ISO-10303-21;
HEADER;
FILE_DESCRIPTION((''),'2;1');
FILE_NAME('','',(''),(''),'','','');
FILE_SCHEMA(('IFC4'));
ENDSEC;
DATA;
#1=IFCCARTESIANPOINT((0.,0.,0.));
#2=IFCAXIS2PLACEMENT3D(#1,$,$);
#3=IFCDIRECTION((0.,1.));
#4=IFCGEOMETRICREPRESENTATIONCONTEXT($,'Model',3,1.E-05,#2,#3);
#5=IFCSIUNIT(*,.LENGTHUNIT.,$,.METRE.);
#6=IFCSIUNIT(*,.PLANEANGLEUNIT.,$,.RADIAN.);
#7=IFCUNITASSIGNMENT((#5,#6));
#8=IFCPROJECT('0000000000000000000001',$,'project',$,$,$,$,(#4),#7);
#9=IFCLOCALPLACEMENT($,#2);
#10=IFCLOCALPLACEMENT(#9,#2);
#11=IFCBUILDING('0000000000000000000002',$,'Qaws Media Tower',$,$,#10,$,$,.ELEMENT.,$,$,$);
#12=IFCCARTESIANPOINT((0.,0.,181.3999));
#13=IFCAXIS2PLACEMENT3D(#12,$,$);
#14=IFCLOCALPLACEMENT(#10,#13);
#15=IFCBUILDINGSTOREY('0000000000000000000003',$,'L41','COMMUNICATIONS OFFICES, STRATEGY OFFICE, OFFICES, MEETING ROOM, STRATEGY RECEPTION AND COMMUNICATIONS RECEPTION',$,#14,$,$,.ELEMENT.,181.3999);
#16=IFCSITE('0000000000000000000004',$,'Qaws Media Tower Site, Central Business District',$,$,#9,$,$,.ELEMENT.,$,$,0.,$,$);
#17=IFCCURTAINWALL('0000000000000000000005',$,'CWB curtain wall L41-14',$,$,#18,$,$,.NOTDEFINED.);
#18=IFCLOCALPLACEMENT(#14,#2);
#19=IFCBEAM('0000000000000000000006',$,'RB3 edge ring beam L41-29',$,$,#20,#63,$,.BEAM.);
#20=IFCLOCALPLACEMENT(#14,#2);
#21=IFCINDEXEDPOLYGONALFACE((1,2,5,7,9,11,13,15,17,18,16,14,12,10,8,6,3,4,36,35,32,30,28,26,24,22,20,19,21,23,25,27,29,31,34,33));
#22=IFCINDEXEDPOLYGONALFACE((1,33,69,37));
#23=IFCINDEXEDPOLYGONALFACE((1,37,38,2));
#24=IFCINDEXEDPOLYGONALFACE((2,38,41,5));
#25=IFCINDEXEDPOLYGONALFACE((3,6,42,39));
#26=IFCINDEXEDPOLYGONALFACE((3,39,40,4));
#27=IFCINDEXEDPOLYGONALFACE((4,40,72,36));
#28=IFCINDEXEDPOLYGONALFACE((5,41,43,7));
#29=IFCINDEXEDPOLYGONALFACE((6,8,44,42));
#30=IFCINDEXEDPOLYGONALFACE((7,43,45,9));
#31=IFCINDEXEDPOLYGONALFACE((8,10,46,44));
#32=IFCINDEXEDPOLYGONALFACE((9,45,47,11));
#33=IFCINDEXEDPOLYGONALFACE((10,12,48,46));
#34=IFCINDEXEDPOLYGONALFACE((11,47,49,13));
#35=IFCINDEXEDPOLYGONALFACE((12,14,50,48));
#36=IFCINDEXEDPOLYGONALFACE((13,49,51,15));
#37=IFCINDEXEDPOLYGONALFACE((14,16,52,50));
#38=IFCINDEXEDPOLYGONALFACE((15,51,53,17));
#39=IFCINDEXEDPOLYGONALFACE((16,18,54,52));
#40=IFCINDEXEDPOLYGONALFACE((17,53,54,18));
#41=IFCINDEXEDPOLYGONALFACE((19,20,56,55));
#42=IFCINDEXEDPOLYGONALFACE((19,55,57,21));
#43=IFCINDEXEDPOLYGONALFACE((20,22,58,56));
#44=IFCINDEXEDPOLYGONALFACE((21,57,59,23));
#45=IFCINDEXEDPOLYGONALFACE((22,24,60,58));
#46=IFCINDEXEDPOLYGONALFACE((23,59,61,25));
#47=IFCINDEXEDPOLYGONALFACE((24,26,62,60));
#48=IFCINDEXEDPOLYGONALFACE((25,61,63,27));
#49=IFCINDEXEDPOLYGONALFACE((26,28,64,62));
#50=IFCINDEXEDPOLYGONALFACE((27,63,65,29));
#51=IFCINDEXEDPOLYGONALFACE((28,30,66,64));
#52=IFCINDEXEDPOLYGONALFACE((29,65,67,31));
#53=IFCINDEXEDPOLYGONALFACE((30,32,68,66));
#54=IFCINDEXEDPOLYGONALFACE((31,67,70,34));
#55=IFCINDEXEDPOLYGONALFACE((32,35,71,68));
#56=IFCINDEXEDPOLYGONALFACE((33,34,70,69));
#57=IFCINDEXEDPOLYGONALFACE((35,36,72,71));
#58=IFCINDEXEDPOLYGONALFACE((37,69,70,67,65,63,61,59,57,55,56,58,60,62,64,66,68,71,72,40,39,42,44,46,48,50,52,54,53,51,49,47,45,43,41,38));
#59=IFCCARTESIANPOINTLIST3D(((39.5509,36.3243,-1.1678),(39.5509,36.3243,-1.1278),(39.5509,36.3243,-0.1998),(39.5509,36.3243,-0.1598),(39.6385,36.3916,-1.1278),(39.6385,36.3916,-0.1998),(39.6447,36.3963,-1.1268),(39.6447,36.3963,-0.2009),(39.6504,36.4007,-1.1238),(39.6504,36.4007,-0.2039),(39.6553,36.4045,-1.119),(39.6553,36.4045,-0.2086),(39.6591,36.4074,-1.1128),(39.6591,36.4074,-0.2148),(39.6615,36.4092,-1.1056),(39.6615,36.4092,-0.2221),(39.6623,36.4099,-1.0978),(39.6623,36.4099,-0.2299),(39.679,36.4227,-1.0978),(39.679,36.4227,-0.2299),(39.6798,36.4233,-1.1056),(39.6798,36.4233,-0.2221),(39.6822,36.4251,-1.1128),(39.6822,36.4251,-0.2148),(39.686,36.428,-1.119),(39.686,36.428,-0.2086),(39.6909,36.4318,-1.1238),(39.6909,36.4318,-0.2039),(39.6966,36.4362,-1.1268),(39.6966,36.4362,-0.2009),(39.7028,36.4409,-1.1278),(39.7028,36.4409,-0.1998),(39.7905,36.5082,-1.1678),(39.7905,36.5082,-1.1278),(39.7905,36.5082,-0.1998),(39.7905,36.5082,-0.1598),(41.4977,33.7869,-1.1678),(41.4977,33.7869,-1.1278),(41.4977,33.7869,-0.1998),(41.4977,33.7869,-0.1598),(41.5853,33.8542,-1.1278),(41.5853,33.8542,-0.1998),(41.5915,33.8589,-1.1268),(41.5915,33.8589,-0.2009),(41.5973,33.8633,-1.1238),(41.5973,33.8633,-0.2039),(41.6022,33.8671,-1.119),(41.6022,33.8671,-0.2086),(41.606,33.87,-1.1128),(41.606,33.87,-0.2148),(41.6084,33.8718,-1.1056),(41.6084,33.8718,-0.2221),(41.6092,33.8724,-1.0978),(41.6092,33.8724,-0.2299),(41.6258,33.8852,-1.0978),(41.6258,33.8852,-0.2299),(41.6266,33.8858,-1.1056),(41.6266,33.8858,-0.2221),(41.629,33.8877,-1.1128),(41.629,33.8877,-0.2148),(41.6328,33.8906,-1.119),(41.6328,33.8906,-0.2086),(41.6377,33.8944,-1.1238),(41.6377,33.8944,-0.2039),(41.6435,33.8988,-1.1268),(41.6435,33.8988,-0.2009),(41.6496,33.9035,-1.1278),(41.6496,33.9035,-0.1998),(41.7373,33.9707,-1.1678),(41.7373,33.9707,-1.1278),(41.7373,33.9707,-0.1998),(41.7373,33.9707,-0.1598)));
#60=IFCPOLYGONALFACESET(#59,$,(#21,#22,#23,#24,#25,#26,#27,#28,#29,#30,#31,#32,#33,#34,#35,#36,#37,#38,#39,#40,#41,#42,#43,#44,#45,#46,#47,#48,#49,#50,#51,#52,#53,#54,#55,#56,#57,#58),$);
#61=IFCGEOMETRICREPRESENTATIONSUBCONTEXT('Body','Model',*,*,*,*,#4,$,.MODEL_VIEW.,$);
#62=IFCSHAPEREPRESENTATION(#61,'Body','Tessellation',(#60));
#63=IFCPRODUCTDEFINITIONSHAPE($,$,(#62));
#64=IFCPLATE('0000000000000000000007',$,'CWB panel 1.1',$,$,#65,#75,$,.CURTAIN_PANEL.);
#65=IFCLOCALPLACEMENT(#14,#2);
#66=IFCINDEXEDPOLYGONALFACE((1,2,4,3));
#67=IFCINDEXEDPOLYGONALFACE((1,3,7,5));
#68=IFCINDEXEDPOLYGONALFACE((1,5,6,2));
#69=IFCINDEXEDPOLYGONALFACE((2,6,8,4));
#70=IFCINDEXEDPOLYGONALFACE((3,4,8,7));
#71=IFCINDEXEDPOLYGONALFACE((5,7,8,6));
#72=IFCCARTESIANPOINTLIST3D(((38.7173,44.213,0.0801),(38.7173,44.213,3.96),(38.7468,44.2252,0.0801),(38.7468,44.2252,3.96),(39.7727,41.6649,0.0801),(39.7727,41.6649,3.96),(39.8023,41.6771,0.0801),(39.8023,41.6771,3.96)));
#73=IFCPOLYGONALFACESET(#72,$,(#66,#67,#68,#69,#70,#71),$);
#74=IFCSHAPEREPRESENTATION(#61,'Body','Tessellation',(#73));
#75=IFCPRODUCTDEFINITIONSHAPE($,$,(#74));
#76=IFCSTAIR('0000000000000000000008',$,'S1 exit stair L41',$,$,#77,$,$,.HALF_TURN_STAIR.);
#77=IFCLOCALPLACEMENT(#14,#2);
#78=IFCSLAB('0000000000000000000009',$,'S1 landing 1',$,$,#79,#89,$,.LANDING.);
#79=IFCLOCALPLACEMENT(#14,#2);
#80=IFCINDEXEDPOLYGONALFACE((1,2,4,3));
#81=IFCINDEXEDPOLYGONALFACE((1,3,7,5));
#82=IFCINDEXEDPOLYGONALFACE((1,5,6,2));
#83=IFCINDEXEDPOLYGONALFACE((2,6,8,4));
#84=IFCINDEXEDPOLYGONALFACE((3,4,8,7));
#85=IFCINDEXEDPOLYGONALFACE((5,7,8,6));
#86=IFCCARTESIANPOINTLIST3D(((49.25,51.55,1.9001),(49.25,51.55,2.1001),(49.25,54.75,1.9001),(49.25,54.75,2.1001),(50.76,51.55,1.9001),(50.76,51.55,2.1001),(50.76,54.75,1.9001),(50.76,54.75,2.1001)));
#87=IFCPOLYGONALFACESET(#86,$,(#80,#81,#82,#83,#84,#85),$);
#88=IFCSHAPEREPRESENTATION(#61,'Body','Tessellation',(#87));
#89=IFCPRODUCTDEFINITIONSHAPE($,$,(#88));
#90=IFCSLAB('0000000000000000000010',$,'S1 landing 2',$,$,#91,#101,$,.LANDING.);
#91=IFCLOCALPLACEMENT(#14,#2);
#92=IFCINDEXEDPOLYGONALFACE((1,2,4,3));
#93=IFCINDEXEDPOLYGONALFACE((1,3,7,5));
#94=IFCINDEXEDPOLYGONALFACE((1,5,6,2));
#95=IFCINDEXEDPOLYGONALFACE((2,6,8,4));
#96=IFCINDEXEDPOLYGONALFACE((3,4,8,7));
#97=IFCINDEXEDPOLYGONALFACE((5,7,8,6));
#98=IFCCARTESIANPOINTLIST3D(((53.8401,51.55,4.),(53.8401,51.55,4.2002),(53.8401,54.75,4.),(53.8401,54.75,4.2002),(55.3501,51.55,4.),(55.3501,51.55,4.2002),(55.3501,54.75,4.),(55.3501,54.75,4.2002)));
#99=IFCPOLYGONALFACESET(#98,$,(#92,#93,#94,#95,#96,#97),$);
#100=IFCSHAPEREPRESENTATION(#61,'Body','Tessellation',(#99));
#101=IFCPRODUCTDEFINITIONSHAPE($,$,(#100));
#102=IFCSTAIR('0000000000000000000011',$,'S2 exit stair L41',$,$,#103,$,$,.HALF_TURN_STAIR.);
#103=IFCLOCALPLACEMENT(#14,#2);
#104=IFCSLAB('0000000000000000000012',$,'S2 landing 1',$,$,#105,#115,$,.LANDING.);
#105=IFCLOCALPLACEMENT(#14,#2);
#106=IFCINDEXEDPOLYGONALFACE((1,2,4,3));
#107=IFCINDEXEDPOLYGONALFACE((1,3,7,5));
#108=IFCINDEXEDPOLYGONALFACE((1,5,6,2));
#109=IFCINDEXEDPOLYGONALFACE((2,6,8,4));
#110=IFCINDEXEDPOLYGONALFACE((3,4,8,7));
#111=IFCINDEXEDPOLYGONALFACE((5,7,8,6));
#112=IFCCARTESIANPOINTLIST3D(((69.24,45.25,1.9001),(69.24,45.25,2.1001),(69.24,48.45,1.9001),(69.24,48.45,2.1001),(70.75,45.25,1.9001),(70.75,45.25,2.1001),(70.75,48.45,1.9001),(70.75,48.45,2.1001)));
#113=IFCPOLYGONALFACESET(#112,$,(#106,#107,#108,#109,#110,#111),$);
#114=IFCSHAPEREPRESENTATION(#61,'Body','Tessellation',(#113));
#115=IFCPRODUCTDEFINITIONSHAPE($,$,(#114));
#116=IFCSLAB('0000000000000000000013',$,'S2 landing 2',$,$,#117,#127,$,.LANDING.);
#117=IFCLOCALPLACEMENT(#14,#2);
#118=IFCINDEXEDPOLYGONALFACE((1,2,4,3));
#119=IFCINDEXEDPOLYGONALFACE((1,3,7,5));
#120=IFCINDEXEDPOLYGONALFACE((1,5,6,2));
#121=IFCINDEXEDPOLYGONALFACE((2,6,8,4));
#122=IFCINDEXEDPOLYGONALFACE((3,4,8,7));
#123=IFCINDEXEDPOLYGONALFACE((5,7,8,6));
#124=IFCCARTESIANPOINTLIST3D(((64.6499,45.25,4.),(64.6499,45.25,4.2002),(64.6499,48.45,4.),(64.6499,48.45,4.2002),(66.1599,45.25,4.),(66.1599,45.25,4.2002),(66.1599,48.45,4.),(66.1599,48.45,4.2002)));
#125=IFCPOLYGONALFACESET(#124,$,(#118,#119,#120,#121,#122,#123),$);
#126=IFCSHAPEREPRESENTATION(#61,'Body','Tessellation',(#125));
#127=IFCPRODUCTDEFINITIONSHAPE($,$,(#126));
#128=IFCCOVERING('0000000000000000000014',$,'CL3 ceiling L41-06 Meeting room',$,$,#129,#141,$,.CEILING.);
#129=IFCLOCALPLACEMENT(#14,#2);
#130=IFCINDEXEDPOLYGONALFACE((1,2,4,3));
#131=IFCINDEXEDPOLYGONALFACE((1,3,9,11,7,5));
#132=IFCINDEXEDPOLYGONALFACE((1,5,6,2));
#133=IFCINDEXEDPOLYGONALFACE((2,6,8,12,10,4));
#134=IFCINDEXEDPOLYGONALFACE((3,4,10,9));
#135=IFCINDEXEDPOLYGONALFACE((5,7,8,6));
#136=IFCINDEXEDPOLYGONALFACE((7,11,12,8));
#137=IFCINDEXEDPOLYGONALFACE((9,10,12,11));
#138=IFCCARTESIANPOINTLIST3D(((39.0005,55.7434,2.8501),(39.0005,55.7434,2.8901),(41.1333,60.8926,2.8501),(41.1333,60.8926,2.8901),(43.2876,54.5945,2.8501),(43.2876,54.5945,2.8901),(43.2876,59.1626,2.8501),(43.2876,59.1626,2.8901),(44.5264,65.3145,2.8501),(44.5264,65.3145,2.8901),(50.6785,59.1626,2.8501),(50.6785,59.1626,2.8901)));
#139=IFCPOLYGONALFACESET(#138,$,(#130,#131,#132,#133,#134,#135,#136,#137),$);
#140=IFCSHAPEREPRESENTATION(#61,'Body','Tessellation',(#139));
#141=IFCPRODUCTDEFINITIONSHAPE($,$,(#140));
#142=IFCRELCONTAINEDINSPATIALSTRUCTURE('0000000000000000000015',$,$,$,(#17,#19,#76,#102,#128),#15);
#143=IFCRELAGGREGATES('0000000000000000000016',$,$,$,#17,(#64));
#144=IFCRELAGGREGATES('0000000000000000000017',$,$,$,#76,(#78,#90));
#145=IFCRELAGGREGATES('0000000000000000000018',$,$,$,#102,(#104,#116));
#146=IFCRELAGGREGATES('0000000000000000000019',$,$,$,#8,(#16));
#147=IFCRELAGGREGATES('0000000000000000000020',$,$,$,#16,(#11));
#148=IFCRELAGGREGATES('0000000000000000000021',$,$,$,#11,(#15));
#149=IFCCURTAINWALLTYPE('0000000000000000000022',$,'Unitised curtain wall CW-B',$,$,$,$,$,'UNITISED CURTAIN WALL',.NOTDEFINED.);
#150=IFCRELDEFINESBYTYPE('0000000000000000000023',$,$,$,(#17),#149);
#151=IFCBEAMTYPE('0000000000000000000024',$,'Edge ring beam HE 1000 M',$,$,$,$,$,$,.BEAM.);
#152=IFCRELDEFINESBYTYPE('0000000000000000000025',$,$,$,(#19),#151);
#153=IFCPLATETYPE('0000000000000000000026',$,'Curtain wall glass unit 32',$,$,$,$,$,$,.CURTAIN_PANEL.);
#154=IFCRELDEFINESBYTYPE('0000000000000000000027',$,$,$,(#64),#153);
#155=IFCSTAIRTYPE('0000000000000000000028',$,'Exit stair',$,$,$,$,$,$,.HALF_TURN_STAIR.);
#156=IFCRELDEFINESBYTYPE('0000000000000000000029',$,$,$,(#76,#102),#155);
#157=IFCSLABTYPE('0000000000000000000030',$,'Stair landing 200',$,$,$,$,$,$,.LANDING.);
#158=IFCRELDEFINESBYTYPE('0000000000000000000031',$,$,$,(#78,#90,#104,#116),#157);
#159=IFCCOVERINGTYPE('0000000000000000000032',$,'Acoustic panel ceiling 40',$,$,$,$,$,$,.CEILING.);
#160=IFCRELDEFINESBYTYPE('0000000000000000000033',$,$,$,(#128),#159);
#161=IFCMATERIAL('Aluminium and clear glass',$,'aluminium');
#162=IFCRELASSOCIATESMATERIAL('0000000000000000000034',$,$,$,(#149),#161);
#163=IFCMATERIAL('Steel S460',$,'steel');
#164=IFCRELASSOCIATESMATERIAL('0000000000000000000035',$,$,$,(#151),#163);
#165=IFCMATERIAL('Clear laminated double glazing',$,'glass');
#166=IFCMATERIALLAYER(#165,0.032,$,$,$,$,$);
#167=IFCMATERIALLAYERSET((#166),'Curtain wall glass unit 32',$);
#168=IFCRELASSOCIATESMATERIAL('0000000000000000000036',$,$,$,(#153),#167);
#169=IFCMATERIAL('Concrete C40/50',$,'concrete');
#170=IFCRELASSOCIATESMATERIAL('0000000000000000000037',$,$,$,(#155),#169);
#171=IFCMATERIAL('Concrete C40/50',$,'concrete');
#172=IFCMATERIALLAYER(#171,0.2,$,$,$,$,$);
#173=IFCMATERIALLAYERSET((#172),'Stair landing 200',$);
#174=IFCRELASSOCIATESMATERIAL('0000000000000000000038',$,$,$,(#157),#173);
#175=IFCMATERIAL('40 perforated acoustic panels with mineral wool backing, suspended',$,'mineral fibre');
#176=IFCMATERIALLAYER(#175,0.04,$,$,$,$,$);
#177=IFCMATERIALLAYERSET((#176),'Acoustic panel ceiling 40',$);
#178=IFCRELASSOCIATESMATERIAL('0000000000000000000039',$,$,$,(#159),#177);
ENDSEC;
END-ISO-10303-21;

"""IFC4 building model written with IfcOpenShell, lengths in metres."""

from ifc_helpers import new_model, si_unit, direction, frame, origin, origin_2d, place, context, subcontext, project, spatial, polyline, rectangle, i_section, outline, extrude, material, layer, layer_set, material_profile, profile_set, type_object, element, aggregate, save


model = new_model("IFC4")

# Units and contexts
model_context = context("Model", 3, precision=1e-05, world=origin(), true_north=direction((0.0, 1.0)))
body_context = subcontext(model_context, "Body", "Model", "MODEL_VIEW")
ifc_project = project(units=[si_unit("LENGTHUNIT", "METRE"), si_unit("PLANEANGLEUNIT", "RADIAN")], contexts=[model_context])

# Site, building, storey
site_placement = place(None, origin())
site = spatial("IfcSite", under=ifc_project, at=site_placement, Name="Qaws Media Tower Site, Central Business District", CompositionType="ELEMENT", RefElevation=0.0)
building_placement = place(site_placement, origin())
building = spatial("IfcBuilding", under=site, at=building_placement, Name="Qaws Media Tower", CompositionType="ELEMENT")
storey_placement = place(building_placement, frame((0.0, 0.0, 181.3999)))
storey = spatial("IfcBuildingStorey", under=building, at=storey_placement, Name="L41", Description="COMMUNICATIONS OFFICES, STRATEGY OFFICE, OFFICES, MEETING ROOM, STRATEGY RECEPTION AND COMMUNICATIONS RECEPTION", CompositionType="ELEMENT", Elevation=181.3999)

# Curtain wall
ifc_material_1 = material(Name="Aluminium and clear glass", Category="aluminium")
curtain_wall_type = type_object("IfcCurtainWallType", Name="Unitised curtain wall CW-B", ElementType="UNITISED CURTAIN WALL", PredefinedType="NOTDEFINED", material=ifc_material_1)
curtain_wall_placement = place(storey_placement, origin())
curtain_wall = element("IfcCurtainWall", 1, at=curtain_wall_placement, inside=storey, type_object=curtain_wall_type, Name="CWB curtain wall L41-14", PredefinedType="NOTDEFINED")

# Beam
ifc_material_2 = material(Name="Steel S460", Category="steel")
ifc_material_profile_1 = material_profile(ifc_material_2, i_section(OverallWidth=0.302, OverallDepth=1.0081, WebThickness=0.021, FlangeThickness=0.04, FilletRadius=0.03, at=origin_2d()), Name="HE 1000 M")
ifc_profile_set_1 = profile_set([ifc_material_profile_1], Name="Steel S460")
beam_type = type_object("IfcBeamType", Name="Edge ring beam HE 1000 M", PredefinedType="BEAM", material=ifc_profile_set_1)
for number, where, z_axis, x_axis, name in (
    (2, (39.6707, 36.4163, -0.6638), (0.608722, -0.793384, 0.0), (0.793384, 0.608722, 0.0), "RB3 edge ring beam L41-29"),
):
    element("IfcBeam", number, at=place(storey_placement, frame(where, z_axis=z_axis, x_axis=x_axis)), inside=storey, type_object=beam_type, Name=name, PredefinedType="BEAM", context=body_context, shape_type="SweptSolid", body=[
        extrude(i_section(OverallWidth=0.302, OverallDepth=1.0081, WebThickness=0.021, FlangeThickness=0.04, FilletRadius=0.03, at=origin_2d()), origin(), (0.0, 0.0, 1.0), 3.1982),
    ])

# Plate
ifc_material_3 = material(Name="Clear laminated double glazing", Category="glass")
ifc_layer_1 = layer(ifc_material_3, 0.032)
ifc_layer_set_1 = layer_set([ifc_layer_1], Name="Curtain wall glass unit 32")
plate_type = type_object("IfcPlateType", Name="Curtain wall glass unit 32", PredefinedType="CURTAIN_PANEL", material=ifc_layer_set_1)
plate_placement = place(storey_placement, frame((39.2598, 42.9451, 0.0801), z_axis=(0.0, 0.0, 1.0), x_axis=(0.382683, -0.92388, 0.0)))
plate = element("IfcPlate", 3, at=plate_placement, type_object=plate_type, Name="CWB panel 1.1", PredefinedType="CURTAIN_PANEL", context=body_context, shape_type="SweptSolid", body=[
    extrude(rectangle(XDim=2.7581, YDim=0.032, at=origin_2d()), origin(), (0.0, 0.0, 1.0), 3.8799),
])
aggregate(curtain_wall, [plate])

# Stairs, slabs
ifc_material_4 = material(Name="Concrete C40/50", Category="concrete")
stair_type = type_object("IfcStairType", Name="Exit stair", PredefinedType="HALF_TURN_STAIR", material=ifc_material_4)
stair_1_placement = place(storey_placement, origin())
stair_1 = element("IfcStair", 4, at=stair_1_placement, inside=storey, type_object=stair_type, Name="S1 exit stair L41", PredefinedType="HALF_TURN_STAIR")
ifc_material_5 = material(Name="Concrete C40/50", Category="concrete")
ifc_layer_2 = layer(ifc_material_5, 0.2)
ifc_layer_set_2 = layer_set([ifc_layer_2], Name="Stair landing 200")
slab_type = type_object("IfcSlabType", Name="Stair landing 200", PredefinedType="LANDING", material=ifc_layer_set_2)
slab_1_placement = place(storey_placement, frame((0.0, 0.0, 1.9001)))
slab_1 = element("IfcSlab", 5, at=slab_1_placement, type_object=slab_type, Name="S1 landing 1", PredefinedType="LANDING", context=body_context, shape_type="SweptSolid", body=[
    extrude(outline(polyline([(49.25, 51.55), (50.76, 51.55), (50.76, 54.75), (49.25, 54.75), (49.25, 51.55)])), origin(), (0.0, 0.0, 1.0), 0.2),
])
slab_2_placement = place(storey_placement, frame((0.0, 0.0, 4.0)))
slab_2 = element("IfcSlab", 6, at=slab_2_placement, type_object=slab_type, Name="S1 landing 2", PredefinedType="LANDING", context=body_context, shape_type="SweptSolid", body=[
    extrude(outline(polyline([(53.8401, 51.55), (55.3501, 51.55), (55.3501, 54.75), (53.8401, 54.75), (53.8401, 51.55)])), origin(), (0.0, 0.0, 1.0), 0.2002),
])
aggregate(stair_1, [slab_1, slab_2])
stair_2_placement = place(storey_placement, origin())
stair_2 = element("IfcStair", 7, at=stair_2_placement, inside=storey, type_object=stair_type, Name="S2 exit stair L41", PredefinedType="HALF_TURN_STAIR")
slab_3_placement = place(storey_placement, frame((0.0, 0.0, 1.9001)))
slab_3 = element("IfcSlab", 8, at=slab_3_placement, type_object=slab_type, Name="S2 landing 1", PredefinedType="LANDING", context=body_context, shape_type="SweptSolid", body=[
    extrude(outline(polyline([(69.24, 45.25), (70.75, 45.25), (70.75, 48.45), (69.24, 48.45), (69.24, 45.25)])), origin(), (0.0, 0.0, 1.0), 0.2),
])
slab_4_placement = place(storey_placement, frame((0.0, 0.0, 4.0)))
slab_4 = element("IfcSlab", 9, at=slab_4_placement, type_object=slab_type, Name="S2 landing 2", PredefinedType="LANDING", context=body_context, shape_type="SweptSolid", body=[
    extrude(outline(polyline([(64.6499, 45.25), (66.1599, 45.25), (66.1599, 48.45), (64.6499, 48.45), (64.6499, 45.25)])), origin(), (0.0, 0.0, 1.0), 0.2002),
])
aggregate(stair_2, [slab_3, slab_4])

# Covering
ifc_material_6 = material(Name="40 perforated acoustic panels with mineral wool backing, suspended", Category="mineral fibre")
ifc_layer_3 = layer(ifc_material_6, 0.04)
ifc_layer_set_3 = layer_set([ifc_layer_3], Name="Acoustic panel ceiling 40")
covering_type_1 = type_object("IfcCoveringType", Name="Acoustic panel ceiling 40", PredefinedType="CEILING", material=ifc_layer_set_3)
covering_1_placement = place(storey_placement, frame((0.0, 0.0, 2.8501)))
element("IfcCovering", 10, at=covering_1_placement, inside=storey, type_object=covering_type_1, Name="CL3 ceiling L41-06 Meeting room", PredefinedType="CEILING", context=body_context, shape_type="SweptSolid", body=[
    extrude(outline(polyline([(41.1333, 60.8926), (44.5264, 65.3145), (50.6785, 59.1626), (43.2876, 59.1626), (43.2876, 54.5945), (39.0005, 55.7434), (41.1333, 60.8926)])), origin(), (0.0, 0.0, 1.0), 0.04),
])

save(model, "model.ifc")
